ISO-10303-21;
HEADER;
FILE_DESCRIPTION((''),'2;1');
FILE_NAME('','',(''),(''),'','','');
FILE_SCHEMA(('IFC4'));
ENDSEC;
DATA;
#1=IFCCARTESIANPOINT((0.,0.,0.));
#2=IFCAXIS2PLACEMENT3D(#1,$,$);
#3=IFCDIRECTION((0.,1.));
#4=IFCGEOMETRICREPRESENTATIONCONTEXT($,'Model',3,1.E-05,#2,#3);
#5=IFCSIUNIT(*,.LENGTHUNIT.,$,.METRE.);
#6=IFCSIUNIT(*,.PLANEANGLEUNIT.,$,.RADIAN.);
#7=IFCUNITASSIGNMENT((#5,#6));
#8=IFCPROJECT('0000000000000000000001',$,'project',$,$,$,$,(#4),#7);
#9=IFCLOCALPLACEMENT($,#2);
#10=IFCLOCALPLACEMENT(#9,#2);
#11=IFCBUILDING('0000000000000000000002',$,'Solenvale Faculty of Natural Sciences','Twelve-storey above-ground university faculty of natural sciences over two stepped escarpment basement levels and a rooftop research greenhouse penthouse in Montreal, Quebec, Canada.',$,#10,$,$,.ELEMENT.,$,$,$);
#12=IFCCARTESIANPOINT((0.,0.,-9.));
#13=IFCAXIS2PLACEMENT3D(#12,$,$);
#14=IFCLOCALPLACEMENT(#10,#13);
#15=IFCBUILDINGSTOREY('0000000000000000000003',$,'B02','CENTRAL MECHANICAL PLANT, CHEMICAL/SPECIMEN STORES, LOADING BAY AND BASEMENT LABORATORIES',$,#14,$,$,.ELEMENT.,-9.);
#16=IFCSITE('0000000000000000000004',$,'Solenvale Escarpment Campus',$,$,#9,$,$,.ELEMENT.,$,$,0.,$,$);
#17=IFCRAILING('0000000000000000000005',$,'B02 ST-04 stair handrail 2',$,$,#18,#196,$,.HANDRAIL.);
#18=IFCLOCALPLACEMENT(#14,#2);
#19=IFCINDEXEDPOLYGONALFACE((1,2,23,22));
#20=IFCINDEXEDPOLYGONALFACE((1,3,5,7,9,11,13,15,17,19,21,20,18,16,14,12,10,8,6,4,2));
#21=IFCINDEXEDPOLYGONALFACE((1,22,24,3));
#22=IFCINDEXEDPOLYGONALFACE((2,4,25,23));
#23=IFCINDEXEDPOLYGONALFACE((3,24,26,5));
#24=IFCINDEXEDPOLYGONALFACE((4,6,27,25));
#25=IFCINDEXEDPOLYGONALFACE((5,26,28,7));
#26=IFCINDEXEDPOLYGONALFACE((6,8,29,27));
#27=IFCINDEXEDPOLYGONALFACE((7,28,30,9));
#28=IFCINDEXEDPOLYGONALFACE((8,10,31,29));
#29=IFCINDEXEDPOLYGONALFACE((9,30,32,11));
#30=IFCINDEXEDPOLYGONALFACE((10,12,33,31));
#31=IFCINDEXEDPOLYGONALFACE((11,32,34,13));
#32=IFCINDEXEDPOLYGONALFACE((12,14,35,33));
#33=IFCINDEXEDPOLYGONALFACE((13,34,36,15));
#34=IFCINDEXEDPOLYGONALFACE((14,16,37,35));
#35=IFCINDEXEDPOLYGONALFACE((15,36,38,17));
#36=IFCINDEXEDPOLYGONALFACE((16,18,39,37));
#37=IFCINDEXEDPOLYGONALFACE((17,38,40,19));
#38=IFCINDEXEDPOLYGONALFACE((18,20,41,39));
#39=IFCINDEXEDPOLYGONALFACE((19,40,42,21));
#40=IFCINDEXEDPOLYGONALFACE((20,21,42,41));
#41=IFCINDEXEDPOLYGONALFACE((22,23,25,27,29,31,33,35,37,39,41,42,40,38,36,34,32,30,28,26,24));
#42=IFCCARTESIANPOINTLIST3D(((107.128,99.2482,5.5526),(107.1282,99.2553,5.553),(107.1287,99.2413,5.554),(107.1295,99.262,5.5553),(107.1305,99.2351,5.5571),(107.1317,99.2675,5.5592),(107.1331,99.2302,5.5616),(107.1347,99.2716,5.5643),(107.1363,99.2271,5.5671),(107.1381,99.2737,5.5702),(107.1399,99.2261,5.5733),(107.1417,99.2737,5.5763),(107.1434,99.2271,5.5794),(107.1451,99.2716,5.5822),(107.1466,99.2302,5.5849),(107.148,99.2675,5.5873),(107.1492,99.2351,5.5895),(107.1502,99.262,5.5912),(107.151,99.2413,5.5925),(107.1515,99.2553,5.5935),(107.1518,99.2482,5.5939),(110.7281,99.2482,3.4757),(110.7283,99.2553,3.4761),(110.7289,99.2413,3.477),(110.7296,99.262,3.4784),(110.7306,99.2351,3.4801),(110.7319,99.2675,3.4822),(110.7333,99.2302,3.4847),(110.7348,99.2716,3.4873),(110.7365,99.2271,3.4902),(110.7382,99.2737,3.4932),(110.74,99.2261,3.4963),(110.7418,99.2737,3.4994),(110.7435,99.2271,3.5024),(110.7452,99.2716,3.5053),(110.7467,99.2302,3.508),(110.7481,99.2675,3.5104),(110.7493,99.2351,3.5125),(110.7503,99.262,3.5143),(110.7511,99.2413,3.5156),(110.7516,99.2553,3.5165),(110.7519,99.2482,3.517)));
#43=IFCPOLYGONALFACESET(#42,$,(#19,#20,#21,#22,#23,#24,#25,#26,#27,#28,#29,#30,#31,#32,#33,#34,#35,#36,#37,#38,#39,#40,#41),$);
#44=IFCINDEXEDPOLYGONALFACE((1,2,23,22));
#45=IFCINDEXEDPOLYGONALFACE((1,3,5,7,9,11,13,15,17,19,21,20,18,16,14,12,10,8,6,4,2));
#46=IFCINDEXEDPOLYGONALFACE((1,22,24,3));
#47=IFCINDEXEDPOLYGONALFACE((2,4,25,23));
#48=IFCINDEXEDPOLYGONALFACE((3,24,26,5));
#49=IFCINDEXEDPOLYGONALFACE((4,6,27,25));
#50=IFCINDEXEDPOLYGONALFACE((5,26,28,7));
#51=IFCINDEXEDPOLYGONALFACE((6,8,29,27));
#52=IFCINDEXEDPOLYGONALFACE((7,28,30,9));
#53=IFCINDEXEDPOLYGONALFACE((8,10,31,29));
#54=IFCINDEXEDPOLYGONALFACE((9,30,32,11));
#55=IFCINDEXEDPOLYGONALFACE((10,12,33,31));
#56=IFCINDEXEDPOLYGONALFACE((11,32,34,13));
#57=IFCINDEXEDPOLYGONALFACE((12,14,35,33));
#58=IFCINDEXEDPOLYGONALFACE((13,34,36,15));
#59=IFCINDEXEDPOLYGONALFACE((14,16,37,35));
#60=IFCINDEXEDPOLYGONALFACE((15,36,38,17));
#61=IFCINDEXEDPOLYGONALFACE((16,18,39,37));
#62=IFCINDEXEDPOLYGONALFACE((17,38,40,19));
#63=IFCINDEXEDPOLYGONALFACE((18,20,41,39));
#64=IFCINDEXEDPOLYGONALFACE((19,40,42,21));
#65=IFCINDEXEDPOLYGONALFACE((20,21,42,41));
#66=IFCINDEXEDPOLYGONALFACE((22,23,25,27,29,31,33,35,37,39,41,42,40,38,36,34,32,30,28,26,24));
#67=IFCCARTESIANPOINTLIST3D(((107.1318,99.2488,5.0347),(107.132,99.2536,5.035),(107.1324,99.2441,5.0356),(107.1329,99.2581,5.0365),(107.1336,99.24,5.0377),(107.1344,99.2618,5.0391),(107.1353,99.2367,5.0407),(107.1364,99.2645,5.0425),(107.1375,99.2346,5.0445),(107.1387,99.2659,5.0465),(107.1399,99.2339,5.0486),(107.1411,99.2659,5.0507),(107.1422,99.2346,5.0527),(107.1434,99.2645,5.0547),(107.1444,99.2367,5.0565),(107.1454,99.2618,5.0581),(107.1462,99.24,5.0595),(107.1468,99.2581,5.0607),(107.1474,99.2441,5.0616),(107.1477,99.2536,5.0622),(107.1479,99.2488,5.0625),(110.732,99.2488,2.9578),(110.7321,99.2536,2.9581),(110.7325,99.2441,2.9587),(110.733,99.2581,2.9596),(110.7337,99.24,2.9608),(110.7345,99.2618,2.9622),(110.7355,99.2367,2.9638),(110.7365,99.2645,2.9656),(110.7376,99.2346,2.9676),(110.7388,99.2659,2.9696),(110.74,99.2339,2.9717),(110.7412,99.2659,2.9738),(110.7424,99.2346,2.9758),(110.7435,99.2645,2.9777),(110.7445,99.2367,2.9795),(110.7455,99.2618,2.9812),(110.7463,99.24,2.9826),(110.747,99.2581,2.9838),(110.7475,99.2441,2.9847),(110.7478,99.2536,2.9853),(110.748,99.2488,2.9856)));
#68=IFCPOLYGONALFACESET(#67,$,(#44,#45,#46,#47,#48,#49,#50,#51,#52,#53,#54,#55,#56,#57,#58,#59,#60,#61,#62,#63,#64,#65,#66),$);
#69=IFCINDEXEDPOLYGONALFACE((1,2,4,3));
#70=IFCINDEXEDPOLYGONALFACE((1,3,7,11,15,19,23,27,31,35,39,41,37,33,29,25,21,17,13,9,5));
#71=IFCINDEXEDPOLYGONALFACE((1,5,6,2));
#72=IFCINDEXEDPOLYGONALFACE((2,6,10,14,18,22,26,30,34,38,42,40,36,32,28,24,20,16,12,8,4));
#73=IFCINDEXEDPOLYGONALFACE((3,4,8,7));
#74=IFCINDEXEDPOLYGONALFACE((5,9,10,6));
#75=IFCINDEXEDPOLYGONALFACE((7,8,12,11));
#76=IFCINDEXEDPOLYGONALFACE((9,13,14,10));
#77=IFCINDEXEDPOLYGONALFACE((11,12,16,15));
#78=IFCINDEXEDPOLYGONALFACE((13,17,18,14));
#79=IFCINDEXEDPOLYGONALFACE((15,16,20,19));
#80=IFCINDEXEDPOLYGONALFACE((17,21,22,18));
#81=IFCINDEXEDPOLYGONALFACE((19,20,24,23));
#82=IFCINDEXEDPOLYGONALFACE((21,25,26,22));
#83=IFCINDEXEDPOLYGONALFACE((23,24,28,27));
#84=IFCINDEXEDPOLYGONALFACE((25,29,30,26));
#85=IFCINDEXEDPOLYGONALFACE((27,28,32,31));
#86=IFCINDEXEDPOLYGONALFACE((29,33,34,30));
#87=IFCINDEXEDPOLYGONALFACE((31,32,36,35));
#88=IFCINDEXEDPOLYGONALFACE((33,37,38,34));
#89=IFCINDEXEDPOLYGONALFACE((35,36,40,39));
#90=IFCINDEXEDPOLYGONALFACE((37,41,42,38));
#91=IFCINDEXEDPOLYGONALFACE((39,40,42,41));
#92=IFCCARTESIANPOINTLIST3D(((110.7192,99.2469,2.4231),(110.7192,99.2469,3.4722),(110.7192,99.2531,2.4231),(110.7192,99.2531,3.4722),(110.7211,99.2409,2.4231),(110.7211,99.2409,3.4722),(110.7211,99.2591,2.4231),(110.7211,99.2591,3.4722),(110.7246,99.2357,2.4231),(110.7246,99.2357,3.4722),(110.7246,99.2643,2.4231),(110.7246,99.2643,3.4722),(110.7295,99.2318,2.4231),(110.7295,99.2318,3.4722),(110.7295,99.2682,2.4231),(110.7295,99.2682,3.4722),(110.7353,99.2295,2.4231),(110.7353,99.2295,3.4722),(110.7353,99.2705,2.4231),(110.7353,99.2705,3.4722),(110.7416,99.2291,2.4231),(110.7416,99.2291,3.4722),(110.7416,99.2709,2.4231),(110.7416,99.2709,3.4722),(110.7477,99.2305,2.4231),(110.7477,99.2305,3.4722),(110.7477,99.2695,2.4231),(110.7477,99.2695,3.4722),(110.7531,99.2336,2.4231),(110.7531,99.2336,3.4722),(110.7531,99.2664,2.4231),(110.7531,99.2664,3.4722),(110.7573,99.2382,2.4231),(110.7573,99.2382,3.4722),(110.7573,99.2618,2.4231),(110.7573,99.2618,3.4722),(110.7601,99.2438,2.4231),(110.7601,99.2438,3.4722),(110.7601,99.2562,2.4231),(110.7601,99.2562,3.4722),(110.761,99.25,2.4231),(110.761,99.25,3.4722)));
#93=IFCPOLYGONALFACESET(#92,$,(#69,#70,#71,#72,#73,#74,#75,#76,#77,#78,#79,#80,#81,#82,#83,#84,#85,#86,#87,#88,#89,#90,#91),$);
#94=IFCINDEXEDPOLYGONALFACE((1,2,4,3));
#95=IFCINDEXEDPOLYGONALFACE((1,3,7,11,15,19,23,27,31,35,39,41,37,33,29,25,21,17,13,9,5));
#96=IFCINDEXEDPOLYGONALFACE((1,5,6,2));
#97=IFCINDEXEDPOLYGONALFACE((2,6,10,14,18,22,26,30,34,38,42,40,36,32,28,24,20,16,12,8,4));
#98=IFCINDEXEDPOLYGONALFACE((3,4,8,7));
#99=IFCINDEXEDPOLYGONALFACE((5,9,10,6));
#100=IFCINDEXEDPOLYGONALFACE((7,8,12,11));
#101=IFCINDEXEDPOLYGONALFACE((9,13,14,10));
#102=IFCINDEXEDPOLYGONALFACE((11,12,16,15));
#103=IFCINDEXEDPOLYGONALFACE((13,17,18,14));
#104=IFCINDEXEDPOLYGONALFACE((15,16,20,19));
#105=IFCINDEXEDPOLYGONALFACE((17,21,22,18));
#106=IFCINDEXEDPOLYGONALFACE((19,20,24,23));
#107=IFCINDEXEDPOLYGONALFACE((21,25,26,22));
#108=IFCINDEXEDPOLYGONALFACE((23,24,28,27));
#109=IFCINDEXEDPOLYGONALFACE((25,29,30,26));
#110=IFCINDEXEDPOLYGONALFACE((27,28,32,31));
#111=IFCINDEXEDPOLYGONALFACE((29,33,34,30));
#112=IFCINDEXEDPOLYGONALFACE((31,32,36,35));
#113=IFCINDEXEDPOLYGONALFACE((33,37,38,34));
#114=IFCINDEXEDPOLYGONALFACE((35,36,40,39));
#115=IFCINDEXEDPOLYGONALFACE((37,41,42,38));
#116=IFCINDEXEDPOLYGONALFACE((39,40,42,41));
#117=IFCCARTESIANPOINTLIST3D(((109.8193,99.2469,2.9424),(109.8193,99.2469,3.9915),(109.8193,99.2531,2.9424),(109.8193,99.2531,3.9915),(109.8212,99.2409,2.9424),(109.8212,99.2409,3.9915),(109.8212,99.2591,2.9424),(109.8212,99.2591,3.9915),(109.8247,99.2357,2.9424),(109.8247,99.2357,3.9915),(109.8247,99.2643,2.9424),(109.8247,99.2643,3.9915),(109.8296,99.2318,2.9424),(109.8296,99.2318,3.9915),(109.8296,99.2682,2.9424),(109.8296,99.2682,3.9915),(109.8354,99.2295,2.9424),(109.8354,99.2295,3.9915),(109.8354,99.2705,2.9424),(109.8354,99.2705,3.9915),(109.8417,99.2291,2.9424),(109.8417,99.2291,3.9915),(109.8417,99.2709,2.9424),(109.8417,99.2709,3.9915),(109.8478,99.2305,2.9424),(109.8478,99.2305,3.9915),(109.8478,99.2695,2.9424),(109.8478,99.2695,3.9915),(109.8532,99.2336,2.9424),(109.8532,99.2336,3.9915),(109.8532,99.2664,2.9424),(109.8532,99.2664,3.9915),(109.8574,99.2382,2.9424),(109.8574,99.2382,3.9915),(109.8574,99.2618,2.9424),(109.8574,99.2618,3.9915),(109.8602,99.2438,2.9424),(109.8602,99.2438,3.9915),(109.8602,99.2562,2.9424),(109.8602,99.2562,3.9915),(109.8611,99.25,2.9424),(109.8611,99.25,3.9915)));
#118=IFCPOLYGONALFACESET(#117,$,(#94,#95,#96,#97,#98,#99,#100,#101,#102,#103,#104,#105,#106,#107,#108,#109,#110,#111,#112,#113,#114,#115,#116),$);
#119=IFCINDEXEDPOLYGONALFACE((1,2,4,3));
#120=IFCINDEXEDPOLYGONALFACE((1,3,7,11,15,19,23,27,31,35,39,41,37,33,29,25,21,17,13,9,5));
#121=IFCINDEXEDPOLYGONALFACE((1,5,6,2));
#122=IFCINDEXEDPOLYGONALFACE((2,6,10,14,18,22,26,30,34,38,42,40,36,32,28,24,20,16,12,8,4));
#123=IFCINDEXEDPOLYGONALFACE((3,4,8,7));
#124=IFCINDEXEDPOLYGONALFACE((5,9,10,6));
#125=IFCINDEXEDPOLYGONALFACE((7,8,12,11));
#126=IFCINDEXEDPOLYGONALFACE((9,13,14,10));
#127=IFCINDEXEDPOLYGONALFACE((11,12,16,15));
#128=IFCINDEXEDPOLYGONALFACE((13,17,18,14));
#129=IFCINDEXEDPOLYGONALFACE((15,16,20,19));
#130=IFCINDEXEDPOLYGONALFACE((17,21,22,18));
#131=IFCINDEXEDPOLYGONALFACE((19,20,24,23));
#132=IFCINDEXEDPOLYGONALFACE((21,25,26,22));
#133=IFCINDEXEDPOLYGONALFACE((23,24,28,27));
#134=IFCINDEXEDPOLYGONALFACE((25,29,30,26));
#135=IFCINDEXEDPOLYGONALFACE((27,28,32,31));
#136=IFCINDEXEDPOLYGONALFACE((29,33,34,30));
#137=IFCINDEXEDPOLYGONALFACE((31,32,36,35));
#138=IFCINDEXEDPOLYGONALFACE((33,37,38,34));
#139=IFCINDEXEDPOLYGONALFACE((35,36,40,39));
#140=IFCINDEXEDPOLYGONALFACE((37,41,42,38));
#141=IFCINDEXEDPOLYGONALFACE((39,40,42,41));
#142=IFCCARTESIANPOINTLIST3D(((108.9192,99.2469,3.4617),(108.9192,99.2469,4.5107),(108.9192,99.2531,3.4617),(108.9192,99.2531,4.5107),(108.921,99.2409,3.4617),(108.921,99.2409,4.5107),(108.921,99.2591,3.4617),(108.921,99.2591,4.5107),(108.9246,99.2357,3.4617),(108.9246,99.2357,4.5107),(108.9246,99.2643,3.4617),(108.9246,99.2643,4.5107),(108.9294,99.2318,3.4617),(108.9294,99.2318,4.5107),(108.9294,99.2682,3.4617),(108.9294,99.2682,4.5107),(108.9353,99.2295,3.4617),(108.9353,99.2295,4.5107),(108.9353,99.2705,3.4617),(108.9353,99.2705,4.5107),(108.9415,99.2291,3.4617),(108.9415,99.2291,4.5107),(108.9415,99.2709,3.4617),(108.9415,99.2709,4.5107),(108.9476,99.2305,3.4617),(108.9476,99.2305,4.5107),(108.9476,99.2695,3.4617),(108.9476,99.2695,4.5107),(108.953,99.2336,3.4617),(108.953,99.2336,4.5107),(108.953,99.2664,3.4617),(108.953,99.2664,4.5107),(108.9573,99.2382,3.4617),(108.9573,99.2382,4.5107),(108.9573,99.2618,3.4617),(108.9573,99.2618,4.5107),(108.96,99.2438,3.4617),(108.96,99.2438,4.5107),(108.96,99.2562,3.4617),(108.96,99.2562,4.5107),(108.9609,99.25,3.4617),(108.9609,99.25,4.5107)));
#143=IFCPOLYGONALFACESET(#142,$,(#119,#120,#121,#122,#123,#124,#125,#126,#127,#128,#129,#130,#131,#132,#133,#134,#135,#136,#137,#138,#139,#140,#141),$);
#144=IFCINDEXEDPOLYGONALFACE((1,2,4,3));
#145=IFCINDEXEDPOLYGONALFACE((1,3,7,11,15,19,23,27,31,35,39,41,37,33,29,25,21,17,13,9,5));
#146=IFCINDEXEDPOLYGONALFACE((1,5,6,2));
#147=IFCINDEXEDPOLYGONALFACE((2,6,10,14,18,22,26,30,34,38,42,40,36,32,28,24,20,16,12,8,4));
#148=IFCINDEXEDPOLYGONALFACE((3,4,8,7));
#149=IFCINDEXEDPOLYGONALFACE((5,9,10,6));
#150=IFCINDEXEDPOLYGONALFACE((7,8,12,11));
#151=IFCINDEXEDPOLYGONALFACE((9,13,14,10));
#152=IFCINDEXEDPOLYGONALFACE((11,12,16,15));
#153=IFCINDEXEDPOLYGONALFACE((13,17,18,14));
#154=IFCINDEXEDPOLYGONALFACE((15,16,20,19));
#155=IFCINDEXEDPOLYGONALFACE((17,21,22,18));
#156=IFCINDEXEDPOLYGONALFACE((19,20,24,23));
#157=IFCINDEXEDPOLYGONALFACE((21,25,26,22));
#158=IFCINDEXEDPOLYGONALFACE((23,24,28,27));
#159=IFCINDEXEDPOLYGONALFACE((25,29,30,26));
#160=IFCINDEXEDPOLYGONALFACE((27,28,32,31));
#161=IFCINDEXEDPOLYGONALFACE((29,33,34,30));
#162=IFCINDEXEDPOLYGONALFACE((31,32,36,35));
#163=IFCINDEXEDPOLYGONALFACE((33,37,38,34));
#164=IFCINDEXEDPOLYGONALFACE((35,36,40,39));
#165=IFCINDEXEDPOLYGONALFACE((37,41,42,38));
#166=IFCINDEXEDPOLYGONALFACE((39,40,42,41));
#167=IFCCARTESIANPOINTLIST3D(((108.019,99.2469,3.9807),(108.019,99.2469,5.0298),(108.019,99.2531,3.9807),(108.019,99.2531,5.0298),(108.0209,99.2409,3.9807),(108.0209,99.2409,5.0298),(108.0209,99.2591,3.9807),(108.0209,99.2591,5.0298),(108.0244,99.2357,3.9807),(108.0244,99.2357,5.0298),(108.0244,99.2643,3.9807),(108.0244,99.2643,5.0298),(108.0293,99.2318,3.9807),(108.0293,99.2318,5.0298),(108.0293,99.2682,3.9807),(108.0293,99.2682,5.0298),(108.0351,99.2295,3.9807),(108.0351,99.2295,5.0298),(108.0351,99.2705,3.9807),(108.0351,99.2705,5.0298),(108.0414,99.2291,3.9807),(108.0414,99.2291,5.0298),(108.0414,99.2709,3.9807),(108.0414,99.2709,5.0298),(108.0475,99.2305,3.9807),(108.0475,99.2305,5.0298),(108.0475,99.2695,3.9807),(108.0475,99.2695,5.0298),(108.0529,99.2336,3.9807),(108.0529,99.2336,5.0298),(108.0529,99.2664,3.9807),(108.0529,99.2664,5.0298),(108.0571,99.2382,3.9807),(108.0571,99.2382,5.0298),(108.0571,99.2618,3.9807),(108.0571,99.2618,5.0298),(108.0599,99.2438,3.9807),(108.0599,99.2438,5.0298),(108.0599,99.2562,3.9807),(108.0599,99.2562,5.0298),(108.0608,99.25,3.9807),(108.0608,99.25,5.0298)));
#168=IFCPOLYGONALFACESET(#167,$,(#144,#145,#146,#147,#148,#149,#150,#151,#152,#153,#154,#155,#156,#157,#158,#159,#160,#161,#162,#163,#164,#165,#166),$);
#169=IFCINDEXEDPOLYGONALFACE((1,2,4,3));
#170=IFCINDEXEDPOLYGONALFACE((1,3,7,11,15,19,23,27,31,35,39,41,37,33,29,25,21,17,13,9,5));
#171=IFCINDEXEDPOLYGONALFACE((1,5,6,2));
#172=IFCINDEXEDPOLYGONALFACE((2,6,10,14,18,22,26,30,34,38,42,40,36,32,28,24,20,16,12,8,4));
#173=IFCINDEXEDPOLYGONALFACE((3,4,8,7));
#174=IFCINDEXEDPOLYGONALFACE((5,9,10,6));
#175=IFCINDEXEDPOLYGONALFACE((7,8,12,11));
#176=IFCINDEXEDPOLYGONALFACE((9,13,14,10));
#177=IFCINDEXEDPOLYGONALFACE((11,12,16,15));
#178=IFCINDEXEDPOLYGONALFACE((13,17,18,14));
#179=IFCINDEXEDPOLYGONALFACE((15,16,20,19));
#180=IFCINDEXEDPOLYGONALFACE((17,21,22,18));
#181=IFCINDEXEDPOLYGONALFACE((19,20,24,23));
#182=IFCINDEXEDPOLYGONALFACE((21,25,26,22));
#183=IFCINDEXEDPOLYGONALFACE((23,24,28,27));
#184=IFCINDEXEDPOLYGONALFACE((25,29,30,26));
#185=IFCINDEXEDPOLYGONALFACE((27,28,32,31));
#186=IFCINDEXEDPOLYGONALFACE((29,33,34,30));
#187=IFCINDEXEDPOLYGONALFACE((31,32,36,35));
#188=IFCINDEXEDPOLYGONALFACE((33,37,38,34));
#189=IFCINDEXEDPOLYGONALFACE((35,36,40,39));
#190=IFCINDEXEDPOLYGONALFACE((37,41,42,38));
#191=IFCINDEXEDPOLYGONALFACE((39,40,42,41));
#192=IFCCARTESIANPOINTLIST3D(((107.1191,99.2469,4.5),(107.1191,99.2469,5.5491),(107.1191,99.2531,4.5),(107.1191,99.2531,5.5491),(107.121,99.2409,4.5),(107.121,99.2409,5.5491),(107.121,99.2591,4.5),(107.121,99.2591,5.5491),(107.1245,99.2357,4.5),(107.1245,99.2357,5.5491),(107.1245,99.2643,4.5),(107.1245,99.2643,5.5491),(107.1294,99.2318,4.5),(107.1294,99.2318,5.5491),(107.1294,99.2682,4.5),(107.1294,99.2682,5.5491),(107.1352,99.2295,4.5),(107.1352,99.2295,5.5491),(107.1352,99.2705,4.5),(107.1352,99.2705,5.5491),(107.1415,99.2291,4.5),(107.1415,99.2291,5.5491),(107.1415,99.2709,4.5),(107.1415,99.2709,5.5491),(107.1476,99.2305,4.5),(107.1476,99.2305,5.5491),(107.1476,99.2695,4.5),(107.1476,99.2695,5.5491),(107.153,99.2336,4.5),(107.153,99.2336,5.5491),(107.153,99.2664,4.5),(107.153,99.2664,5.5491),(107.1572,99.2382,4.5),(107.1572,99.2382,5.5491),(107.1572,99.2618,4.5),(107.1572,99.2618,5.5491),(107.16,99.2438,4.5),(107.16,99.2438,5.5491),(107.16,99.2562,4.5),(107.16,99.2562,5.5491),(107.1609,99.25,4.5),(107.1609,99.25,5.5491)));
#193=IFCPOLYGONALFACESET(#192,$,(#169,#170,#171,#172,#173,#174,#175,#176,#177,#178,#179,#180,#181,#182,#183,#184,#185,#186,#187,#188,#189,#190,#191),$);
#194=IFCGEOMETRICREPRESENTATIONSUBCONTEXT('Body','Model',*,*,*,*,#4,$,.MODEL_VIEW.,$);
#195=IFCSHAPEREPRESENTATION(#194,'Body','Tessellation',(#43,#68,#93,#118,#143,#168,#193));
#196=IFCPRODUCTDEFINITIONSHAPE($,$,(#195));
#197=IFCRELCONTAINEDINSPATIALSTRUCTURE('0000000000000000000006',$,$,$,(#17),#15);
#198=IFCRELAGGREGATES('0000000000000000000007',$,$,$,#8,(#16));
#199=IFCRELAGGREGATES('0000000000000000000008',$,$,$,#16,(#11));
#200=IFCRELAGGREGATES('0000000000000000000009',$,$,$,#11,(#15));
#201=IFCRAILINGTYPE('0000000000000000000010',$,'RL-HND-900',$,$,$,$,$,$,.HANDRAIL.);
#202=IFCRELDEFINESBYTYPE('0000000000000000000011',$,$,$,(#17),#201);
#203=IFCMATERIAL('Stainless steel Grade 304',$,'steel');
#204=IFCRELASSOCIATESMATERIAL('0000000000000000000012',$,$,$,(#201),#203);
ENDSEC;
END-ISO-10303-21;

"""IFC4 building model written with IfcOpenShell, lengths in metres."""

from ifc_helpers import new_model, si_unit, direction, frame, origin, origin_2d, place, context, subcontext, project, spatial, circle, extrude, material, type_object, element, save


model = new_model("IFC4")

# Units and contexts
model_context = context("Model", 3, precision=1e-05, world=origin(), true_north=direction((0.0, 1.0)))
body_context = subcontext(model_context, "Body", "Model", "MODEL_VIEW")
ifc_project = project(units=[si_unit("LENGTHUNIT", "METRE"), si_unit("PLANEANGLEUNIT", "RADIAN")], contexts=[model_context])

# Site, building, storey
site_placement = place(None, origin())
site = spatial("IfcSite", under=ifc_project, at=site_placement, Name="Solenvale Escarpment Campus", CompositionType="ELEMENT", RefElevation=0.0)
building_placement = place(site_placement, origin())
building = spatial("IfcBuilding", under=site, at=building_placement, Name="Solenvale Faculty of Natural Sciences", Description="Twelve-storey above-ground university faculty of natural sciences over two stepped escarpment basement levels and a rooftop research greenhouse penthouse in Montreal, Quebec, Canada.", CompositionType="ELEMENT")
storey_placement = place(building_placement, frame((0.0, 0.0, -9.0)))
storey = spatial("IfcBuildingStorey", under=building, at=storey_placement, Name="B02", Description="CENTRAL MECHANICAL PLANT, CHEMICAL/SPECIMEN STORES, LOADING BAY AND BASEMENT LABORATORIES", CompositionType="ELEMENT", Elevation=-9.0)

# Railing
ifc_material_1 = material(Name="Stainless steel Grade 304", Category="steel")
railing_type_1 = type_object("IfcRailingType", Name="RL-HND-900", PredefinedType="HANDRAIL", material=ifc_material_1)
railing_1_placement = place(storey_placement, frame((110.74, 99.25, 2.4231)))
element("IfcRailing", 1, at=railing_1_placement, inside=storey, type_object=railing_type_1, Name="B02 ST-04 stair handrail 2", PredefinedType="HANDRAIL", context=body_context, shape_type="SweptSolid", body=[
    extrude(circle(Radius=0.0239, at=origin_2d()), frame((0.0, 0.0, 1.0732), z_axis=(-0.866193, 0.0, 0.499709), x_axis=(0.0, -1.0, 0.0)), (0.0, 0.0, 1.0), 4.1562),
    extrude(circle(Radius=0.0161, at=origin_2d()), frame((0.0, 0.0, 0.5486), z_axis=(-0.866193, 0.0, 0.499709), x_axis=(0.0, -1.0, 0.0)), (0.0, 0.0, 1.0), 4.1562),
    extrude(circle(Radius=0.021, at=origin_2d()), origin(), (0.0, 0.0, 1.0), 1.0491),
    extrude(circle(Radius=0.021, at=origin_2d()), frame((-0.8999, 0.0, 0.5193)), (0.0, 0.0, 1.0), 1.0491),
    extrude(circle(Radius=0.021, at=origin_2d()), frame((-1.8, 0.0, 1.0386)), (0.0, 0.0, 1.0), 1.0491),
    extrude(circle(Radius=0.021, at=origin_2d()), frame((-2.7002, 0.0, 1.5576)), (0.0, 0.0, 1.0), 1.0491),
    extrude(circle(Radius=0.021, at=origin_2d()), frame((-3.6001, 0.0, 2.0769)), (0.0, 0.0, 1.0), 1.0491),
])

save(model, "model.ifc")
